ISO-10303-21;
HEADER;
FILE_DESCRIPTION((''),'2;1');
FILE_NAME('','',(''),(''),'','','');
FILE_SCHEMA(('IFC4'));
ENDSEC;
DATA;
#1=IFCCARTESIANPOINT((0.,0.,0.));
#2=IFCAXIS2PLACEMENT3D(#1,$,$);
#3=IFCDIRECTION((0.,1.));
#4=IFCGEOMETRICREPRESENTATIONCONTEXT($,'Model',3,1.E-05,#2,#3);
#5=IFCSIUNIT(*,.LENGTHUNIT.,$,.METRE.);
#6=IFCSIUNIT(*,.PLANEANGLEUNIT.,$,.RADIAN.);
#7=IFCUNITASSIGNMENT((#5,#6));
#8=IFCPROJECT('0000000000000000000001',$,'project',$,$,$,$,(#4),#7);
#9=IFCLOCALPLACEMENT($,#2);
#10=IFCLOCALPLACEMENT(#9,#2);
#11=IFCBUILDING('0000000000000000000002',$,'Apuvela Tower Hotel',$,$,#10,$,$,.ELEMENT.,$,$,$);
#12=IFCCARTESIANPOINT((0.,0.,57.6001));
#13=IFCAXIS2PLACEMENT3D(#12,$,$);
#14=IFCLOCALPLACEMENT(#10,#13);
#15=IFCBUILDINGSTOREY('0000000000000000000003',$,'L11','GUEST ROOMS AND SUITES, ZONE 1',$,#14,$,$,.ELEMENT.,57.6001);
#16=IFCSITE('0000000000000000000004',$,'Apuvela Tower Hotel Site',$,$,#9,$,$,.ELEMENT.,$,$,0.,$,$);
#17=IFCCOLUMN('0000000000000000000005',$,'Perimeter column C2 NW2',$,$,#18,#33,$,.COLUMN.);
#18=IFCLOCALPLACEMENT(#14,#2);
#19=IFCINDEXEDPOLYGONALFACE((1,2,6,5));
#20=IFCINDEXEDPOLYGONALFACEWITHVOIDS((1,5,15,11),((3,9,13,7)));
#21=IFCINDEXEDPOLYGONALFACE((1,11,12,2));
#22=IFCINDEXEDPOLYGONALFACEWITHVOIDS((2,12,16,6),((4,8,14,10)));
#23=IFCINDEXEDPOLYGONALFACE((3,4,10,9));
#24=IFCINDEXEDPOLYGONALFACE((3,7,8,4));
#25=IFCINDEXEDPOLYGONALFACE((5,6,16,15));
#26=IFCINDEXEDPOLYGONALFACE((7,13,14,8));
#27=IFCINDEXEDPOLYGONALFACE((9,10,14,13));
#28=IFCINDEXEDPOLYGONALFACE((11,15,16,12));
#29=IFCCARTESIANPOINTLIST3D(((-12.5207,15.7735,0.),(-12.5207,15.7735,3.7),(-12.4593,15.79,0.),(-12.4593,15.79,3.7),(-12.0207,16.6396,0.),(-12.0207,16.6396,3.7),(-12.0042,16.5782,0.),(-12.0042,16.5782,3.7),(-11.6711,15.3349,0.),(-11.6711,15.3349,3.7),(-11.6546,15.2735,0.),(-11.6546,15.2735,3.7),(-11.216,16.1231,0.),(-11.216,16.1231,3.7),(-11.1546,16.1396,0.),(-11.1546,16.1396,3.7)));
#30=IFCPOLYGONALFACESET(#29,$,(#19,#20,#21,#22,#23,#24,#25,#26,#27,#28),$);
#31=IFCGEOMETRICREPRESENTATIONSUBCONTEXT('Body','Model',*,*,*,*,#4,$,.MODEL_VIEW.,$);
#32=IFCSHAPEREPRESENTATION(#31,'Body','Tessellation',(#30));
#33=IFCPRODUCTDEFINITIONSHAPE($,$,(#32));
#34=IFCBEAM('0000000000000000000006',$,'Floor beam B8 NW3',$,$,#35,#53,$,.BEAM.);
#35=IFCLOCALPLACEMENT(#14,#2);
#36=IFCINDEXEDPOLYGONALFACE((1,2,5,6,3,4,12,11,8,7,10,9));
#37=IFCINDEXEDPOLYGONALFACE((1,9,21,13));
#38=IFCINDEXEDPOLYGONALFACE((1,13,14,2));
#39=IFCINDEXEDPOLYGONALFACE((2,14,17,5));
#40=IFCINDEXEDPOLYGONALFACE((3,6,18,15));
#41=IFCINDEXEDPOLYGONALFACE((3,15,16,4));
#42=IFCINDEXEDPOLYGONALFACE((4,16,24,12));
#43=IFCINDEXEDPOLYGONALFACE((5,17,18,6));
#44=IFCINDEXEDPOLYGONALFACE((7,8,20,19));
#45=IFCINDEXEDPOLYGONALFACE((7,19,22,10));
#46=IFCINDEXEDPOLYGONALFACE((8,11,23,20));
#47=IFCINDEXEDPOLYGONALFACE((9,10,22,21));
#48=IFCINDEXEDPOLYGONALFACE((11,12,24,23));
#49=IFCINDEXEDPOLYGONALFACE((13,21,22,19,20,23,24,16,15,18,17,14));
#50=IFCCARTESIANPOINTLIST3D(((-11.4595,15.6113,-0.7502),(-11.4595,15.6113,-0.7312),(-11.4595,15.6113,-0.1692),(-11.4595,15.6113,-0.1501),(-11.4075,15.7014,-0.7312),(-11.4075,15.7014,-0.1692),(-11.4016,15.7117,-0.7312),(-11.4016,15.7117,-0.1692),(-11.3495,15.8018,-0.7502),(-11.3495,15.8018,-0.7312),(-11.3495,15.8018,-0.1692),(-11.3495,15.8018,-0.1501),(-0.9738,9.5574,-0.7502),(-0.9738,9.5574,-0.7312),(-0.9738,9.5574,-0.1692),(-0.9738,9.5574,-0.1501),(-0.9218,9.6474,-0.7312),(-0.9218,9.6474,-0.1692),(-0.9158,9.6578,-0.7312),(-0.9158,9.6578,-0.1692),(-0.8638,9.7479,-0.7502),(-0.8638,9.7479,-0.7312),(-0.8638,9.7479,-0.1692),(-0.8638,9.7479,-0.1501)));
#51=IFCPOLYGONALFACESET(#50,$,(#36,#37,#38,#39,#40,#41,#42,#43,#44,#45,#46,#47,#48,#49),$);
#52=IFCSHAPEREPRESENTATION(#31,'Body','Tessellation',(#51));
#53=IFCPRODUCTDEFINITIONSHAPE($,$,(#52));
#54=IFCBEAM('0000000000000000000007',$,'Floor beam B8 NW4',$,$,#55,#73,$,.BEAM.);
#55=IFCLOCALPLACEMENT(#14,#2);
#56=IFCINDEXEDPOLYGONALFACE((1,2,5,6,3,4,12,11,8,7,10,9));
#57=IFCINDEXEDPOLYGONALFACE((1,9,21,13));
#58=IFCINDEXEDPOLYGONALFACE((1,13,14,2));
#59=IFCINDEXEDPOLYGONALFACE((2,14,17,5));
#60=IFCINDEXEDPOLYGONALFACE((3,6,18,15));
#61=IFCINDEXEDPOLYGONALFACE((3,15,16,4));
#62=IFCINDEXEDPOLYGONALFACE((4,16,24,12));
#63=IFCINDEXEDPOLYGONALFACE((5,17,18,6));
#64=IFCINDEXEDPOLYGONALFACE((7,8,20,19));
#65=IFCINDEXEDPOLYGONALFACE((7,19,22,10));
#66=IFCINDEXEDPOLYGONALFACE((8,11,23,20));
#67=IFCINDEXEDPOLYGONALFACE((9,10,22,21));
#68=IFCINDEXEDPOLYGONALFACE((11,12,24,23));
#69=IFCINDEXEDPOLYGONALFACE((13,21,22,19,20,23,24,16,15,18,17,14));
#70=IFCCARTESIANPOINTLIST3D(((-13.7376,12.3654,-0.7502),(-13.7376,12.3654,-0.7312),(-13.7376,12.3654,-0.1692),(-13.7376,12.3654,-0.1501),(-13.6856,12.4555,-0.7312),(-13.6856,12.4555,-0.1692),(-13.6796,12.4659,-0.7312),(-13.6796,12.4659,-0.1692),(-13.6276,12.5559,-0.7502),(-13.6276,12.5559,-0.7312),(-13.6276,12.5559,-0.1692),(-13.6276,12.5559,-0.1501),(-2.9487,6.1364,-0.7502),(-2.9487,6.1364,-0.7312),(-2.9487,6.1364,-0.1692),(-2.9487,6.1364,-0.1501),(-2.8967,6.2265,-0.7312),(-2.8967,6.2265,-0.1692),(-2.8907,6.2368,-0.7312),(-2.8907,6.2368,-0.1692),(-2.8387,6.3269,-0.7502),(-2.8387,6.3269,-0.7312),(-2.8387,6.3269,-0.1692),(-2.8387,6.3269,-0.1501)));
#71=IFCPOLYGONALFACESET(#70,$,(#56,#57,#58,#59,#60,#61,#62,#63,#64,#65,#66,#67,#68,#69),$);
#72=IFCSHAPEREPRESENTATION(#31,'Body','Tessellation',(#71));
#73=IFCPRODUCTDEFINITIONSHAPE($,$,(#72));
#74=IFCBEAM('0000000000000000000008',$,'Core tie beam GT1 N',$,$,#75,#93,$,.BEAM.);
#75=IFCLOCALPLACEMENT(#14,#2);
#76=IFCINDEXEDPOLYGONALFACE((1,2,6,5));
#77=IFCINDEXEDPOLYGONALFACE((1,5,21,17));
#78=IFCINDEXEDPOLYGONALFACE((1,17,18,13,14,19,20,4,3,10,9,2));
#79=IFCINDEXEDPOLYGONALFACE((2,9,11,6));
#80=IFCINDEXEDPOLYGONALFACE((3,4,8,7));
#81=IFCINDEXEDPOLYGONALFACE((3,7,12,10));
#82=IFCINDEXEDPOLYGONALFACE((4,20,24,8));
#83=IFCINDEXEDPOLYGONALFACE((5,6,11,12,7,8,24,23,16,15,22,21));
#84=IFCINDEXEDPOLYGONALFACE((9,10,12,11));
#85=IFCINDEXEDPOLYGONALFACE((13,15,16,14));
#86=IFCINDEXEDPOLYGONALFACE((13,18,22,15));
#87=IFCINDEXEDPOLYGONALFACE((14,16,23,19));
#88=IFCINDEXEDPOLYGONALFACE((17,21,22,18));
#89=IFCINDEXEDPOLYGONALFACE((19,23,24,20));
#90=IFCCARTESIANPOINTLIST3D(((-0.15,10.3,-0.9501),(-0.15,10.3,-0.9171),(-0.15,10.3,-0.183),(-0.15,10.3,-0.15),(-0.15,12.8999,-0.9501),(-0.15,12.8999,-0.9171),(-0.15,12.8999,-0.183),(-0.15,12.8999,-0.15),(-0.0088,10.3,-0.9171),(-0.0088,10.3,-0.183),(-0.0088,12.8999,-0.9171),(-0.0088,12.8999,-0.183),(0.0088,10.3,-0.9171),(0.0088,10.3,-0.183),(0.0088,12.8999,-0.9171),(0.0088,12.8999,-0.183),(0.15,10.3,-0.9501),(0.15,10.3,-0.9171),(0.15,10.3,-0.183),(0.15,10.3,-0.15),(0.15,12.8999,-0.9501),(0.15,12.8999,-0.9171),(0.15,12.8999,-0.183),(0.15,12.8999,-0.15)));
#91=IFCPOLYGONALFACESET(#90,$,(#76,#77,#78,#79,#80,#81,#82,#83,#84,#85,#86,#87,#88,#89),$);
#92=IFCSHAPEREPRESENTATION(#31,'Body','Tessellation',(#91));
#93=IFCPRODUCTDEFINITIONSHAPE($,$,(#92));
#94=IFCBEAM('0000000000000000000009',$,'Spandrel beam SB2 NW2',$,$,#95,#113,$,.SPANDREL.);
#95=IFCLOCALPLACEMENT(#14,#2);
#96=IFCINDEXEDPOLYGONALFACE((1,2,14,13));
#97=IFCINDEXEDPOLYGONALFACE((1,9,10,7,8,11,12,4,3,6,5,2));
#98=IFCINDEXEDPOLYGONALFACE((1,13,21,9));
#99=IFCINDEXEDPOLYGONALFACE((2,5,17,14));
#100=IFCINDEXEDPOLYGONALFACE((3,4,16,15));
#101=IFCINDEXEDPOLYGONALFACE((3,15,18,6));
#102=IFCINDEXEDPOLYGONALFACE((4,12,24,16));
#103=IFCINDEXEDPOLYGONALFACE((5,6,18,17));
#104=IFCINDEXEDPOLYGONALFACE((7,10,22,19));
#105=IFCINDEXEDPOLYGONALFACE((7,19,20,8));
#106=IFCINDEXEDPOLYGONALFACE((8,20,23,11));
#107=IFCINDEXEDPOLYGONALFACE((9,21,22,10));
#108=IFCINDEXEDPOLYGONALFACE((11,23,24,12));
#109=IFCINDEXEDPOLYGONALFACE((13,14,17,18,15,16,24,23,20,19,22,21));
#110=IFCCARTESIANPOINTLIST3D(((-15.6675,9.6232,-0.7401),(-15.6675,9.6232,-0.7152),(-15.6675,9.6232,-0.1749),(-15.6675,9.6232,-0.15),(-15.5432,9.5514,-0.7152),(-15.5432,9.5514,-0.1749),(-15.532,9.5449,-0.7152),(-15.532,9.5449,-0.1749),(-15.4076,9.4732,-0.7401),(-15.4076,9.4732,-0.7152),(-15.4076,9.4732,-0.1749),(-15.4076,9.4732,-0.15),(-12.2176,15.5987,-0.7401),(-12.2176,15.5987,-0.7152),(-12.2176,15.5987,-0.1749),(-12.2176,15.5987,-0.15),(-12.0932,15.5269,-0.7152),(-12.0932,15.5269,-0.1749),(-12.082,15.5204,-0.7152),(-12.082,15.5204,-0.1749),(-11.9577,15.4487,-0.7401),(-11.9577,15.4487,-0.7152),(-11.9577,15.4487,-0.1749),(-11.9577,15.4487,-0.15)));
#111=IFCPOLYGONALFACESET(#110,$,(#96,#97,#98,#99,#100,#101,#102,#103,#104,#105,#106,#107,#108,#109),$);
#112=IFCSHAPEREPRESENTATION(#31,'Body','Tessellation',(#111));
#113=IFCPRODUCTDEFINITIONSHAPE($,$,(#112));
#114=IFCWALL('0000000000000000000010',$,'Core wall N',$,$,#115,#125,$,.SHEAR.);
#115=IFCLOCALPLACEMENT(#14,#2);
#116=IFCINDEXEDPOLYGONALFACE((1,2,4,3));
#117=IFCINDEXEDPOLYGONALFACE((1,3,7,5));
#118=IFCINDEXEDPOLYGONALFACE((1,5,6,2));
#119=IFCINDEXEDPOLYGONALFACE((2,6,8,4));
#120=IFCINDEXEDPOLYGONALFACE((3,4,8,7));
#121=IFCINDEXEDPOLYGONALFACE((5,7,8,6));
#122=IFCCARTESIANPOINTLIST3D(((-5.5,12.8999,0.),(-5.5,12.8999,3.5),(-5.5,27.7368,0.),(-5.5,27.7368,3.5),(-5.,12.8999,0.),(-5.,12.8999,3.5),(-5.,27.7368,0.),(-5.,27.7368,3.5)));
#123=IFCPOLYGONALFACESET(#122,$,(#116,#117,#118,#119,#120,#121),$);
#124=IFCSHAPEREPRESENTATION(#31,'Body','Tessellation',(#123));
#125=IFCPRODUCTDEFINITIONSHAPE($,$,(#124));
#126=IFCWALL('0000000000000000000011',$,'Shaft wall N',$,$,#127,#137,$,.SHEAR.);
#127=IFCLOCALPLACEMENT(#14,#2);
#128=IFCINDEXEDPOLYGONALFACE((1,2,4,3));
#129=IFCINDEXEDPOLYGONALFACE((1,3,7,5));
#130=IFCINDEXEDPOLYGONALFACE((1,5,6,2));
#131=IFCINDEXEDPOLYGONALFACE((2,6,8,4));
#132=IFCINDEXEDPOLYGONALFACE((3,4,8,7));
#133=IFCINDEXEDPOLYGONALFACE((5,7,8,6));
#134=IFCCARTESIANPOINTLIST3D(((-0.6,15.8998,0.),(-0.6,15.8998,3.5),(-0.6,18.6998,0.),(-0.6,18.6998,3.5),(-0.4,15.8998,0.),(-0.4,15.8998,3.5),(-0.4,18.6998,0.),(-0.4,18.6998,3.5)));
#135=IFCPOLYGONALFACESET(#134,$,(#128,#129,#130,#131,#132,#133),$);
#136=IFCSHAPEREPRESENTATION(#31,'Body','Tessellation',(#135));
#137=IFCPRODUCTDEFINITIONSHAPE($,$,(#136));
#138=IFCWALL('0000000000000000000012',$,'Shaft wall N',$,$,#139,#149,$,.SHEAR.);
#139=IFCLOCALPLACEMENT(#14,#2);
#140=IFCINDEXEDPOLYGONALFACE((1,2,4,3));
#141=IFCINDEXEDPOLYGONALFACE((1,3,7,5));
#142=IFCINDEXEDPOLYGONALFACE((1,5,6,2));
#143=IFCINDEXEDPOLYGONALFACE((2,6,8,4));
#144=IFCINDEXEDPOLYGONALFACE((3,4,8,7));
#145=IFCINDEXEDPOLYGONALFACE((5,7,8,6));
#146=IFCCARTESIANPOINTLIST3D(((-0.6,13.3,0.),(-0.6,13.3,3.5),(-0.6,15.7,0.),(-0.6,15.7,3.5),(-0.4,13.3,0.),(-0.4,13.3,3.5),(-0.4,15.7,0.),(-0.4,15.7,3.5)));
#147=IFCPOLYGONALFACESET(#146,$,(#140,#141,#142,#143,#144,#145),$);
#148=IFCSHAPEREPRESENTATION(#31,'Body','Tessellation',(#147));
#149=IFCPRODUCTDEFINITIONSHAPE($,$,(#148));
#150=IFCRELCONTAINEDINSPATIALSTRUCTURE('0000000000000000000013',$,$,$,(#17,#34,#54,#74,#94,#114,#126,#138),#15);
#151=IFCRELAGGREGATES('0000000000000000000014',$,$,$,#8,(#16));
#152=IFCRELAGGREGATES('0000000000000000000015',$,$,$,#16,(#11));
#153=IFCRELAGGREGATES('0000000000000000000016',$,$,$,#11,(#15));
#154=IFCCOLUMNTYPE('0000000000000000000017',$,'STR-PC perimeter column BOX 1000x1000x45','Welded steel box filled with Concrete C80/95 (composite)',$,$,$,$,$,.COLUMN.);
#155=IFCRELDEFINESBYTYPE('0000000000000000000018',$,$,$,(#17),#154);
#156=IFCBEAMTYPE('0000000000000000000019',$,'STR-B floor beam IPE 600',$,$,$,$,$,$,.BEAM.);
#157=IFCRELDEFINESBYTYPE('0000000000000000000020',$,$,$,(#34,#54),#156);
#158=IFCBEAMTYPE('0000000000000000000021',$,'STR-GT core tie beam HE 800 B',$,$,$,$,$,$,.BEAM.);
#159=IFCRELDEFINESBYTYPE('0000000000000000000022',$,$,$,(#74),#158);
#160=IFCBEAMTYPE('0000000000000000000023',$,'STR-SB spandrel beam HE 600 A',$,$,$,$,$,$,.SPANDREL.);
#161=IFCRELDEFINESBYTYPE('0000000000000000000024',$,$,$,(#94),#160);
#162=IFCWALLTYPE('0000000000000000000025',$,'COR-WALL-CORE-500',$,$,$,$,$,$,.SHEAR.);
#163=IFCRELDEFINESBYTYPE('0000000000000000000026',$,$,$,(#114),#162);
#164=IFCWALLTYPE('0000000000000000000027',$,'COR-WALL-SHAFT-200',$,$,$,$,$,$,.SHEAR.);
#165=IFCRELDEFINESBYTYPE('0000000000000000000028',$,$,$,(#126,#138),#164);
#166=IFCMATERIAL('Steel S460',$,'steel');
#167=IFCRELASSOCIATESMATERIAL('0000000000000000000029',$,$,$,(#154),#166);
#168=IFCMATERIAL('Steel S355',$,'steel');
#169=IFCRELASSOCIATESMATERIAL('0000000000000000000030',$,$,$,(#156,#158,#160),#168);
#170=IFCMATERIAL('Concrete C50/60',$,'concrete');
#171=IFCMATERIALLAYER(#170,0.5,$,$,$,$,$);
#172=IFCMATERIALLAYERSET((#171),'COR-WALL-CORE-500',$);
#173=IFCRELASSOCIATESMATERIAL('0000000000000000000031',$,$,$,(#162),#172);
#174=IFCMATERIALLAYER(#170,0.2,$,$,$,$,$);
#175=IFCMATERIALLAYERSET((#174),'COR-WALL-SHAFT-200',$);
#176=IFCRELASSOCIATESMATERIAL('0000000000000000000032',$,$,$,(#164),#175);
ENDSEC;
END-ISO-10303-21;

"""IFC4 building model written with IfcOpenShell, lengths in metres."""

from ifc_helpers import new_model, si_unit, direction, frame, frame_2d, origin, origin_2d, place, context, subcontext, project, spatial, rectangle, hollow_rectangle, i_section, extrude, material, layer, layer_set, material_profile, profile_set, type_object, element, save


model = new_model("IFC4")

# Units and contexts
model_context = context("Model", 3, precision=1e-05, world=origin(), true_north=direction((0.0, 1.0)))
body_context = subcontext(model_context, "Body", "Model", "MODEL_VIEW")
ifc_project = project(units=[si_unit("LENGTHUNIT", "METRE"), si_unit("PLANEANGLEUNIT", "RADIAN")], contexts=[model_context])

# Site, building, storey
site_placement = place(None, origin())
site = spatial("IfcSite", under=ifc_project, at=site_placement, Name="Apuvela Tower Hotel Site", CompositionType="ELEMENT", RefElevation=0.0)
building_placement = place(site_placement, origin())
building = spatial("IfcBuilding", under=site, at=building_placement, Name="Apuvela Tower Hotel", CompositionType="ELEMENT")
storey_placement = place(building_placement, frame((0.0, 0.0, 57.6001)))
storey = spatial("IfcBuildingStorey", under=building, at=storey_placement, Name="L11", Description="GUEST ROOMS AND SUITES, ZONE 1", CompositionType="ELEMENT", Elevation=57.6001)

# Column
ifc_material_1 = material(Name="Steel S460", Category="steel")
ifc_material_profile_1 = material_profile(ifc_material_1, hollow_rectangle(XDim=1.0, YDim=1.0, WallThickness=0.0449, at=origin_2d()), Name="BOX 1000x1000x45")
ifc_material_2 = material(Name="Concrete C80/95", Category="concrete")
ifc_material_profile_2 = material_profile(ifc_material_2, rectangle(XDim=0.9099, YDim=0.9099, at=origin_2d()), Name="Concrete C80/95 infill")
ifc_profile_set_1 = profile_set([ifc_material_profile_1, ifc_material_profile_2], Name="Steel S460")
column_type = type_object("IfcColumnType", Name="STR-PC perimeter column BOX 1000x1000x45", Description="Welded steel box filled with Concrete C80/95 (composite)", PredefinedType="COLUMN", material=ifc_profile_set_1)
column_placement = place(storey_placement, frame((-11.8376, 15.9565, 0.0), z_axis=(0.0, 0.0, 1.0), x_axis=(0.5, 0.866025, 0.0)))
element("IfcColumn", 1, at=column_placement, inside=storey, type_object=column_type, Name="Perimeter column C2 NW2", PredefinedType="COLUMN", context=body_context, shape_type="SweptSolid", body=[
    extrude(hollow_rectangle(XDim=1.0, YDim=1.0, WallThickness=0.0449, at=origin_2d()), origin(), (0.0, 0.0, 1.0), 3.7),
])

# Beams
ifc_material_3 = material(Name="Steel S355", Category="steel")
ifc_material_profile_3 = material_profile(ifc_material_3, i_section(OverallWidth=0.22, OverallDepth=0.6001, WebThickness=0.012, FlangeThickness=0.019, at=origin_2d()), Name="IPE 600")
ifc_profile_set_2 = profile_set([ifc_material_profile_3], Name="Steel S355")
beam_type_1 = type_object("IfcBeamType", Name="STR-B floor beam IPE 600", PredefinedType="BEAM", material=ifc_profile_set_2)
beam_1_placement = place(storey_placement, frame((-11.4045, 15.7065, -0.4502), z_axis=(0.866027, -0.499997, 0.0), x_axis=(0.499997, 0.866027, 0.0)))
element("IfcBeam", 2, at=beam_1_placement, inside=storey, type_object=beam_type_1, Name="Floor beam B8 NW3", PredefinedType="BEAM", context=body_context, shape_type="SweptSolid", body=[
    extrude(i_section(OverallWidth=0.22, OverallDepth=0.6001, WebThickness=0.012, FlangeThickness=0.019, at=origin_2d()), origin(), (0.0, 0.0, 1.0), 12.1079),
])
beam_2_placement = place(storey_placement, frame((-13.6826, 12.4607, -0.4502), z_axis=(0.866023, -0.500005, 0.0), x_axis=(0.500005, 0.866023, 0.0)))
element("IfcBeam", 3, at=beam_2_placement, inside=storey, type_object=beam_type_1, Name="Floor beam B8 NW4", PredefinedType="BEAM", context=body_context, shape_type="SweptSolid", body=[
    extrude(i_section(OverallWidth=0.22, OverallDepth=0.6001, WebThickness=0.012, FlangeThickness=0.019, at=origin_2d()), origin(), (0.0, 0.0, 1.0), 12.458),
])
ifc_material_profile_4 = material_profile(ifc_material_3, i_section(OverallWidth=0.3, OverallDepth=0.8, WebThickness=0.0176, FlangeThickness=0.033, at=origin_2d()), Name="HE 800 B")
ifc_profile_set_3 = profile_set([ifc_material_profile_4], Name="Steel S355")
beam_type_2 = type_object("IfcBeamType", Name="STR-GT core tie beam HE 800 B", PredefinedType="BEAM", material=ifc_profile_set_3)
beam_3_placement = place(storey_placement, frame((0.0, 12.8999, -0.55), z_axis=(0.0, -1.0, 0.0), x_axis=(1.0, 0.0, 0.0)))
element("IfcBeam", 4, at=beam_3_placement, inside=storey, type_object=beam_type_2, Name="Core tie beam GT1 N", PredefinedType="BEAM", context=body_context, shape_type="SweptSolid", body=[
    extrude(i_section(OverallWidth=0.3, OverallDepth=0.8, WebThickness=0.0176, FlangeThickness=0.033, at=origin_2d()), origin(), (0.0, 0.0, 1.0), 2.5999),
])
ifc_material_profile_5 = material_profile(ifc_material_3, i_section(OverallWidth=0.3, OverallDepth=0.5901, WebThickness=0.0129, FlangeThickness=0.0249, at=origin_2d()), Name="HE 600 A")
ifc_profile_set_4 = profile_set([ifc_material_profile_5], Name="Steel S355")
beam_type_3 = type_object("IfcBeamType", Name="STR-SB spandrel beam HE 600 A", PredefinedType="SPANDREL", material=ifc_profile_set_4)
beam_4_placement = place(storey_placement, frame((-12.0876, 15.5237, -0.4451), z_axis=(-0.499994, -0.866029, 0.0), x_axis=(0.866029, -0.499994, 0.0)))
element("IfcBeam", 5, at=beam_4_placement, inside=storey, type_object=beam_type_3, Name="Spandrel beam SB2 NW2", PredefinedType="SPANDREL", context=body_context, shape_type="SweptSolid", body=[
    extrude(i_section(OverallWidth=0.3, OverallDepth=0.5901, WebThickness=0.0129, FlangeThickness=0.0249, at=origin_2d()), origin(), (0.0, 0.0, 1.0), 6.8999),
])

# Walls
ifc_material_4 = material(Name="Concrete C50/60", Category="concrete")
ifc_layer_1 = layer(ifc_material_4, 0.5)
ifc_layer_set_1 = layer_set([ifc_layer_1], Name="COR-WALL-CORE-500")
wall_type_1 = type_object("IfcWallType", Name="COR-WALL-CORE-500", PredefinedType="SHEAR", material=ifc_layer_set_1)
wall_1_placement = place(storey_placement, frame((-5.25, 12.8999, 0.0), z_axis=(0.0, 0.0, 1.0), x_axis=(0.0, 1.0, 0.0)))
element("IfcWall", 6, at=wall_1_placement, inside=storey, type_object=wall_type_1, Name="Core wall N", PredefinedType="SHEAR", context=body_context, shape_type="SweptSolid", body=[
    extrude(rectangle(XDim=14.8369, YDim=0.5, at=frame_2d((7.4185, 0.0))), origin(), (0.0, 0.0, 1.0), 3.5),
])
ifc_layer_2 = layer(ifc_material_4, 0.2)
ifc_layer_set_2 = layer_set([ifc_layer_2], Name="COR-WALL-SHAFT-200")
wall_type_2 = type_object("IfcWallType", Name="COR-WALL-SHAFT-200", PredefinedType="SHEAR", material=ifc_layer_set_2)
wall_2_placement = place(storey_placement, frame((-0.5, 15.8999, 0.0), z_axis=(0.0, 0.0, 1.0), x_axis=(0.0, 1.0, 0.0)))
element("IfcWall", 7, at=wall_2_placement, inside=storey, type_object=wall_type_2, Name="Shaft wall N", PredefinedType="SHEAR", context=body_context, shape_type="SweptSolid", body=[
    extrude(rectangle(XDim=2.8, YDim=0.2, at=frame_2d((1.3999, 0.0))), origin(), (0.0, 0.0, 1.0), 3.5),
])
wall_3_placement = place(storey_placement, frame((-0.5, 13.3, 0.0), z_axis=(0.0, 0.0, 1.0), x_axis=(0.0, 1.0, 0.0)))
element("IfcWall", 8, at=wall_3_placement, inside=storey, type_object=wall_type_2, Name="Shaft wall N", PredefinedType="SHEAR", context=body_context, shape_type="SweptSolid", body=[
    extrude(rectangle(XDim=2.3999, YDim=0.2, at=frame_2d((1.2, 0.0))), origin(), (0.0, 0.0, 1.0), 3.5),
])

save(model, "model.ifc")
